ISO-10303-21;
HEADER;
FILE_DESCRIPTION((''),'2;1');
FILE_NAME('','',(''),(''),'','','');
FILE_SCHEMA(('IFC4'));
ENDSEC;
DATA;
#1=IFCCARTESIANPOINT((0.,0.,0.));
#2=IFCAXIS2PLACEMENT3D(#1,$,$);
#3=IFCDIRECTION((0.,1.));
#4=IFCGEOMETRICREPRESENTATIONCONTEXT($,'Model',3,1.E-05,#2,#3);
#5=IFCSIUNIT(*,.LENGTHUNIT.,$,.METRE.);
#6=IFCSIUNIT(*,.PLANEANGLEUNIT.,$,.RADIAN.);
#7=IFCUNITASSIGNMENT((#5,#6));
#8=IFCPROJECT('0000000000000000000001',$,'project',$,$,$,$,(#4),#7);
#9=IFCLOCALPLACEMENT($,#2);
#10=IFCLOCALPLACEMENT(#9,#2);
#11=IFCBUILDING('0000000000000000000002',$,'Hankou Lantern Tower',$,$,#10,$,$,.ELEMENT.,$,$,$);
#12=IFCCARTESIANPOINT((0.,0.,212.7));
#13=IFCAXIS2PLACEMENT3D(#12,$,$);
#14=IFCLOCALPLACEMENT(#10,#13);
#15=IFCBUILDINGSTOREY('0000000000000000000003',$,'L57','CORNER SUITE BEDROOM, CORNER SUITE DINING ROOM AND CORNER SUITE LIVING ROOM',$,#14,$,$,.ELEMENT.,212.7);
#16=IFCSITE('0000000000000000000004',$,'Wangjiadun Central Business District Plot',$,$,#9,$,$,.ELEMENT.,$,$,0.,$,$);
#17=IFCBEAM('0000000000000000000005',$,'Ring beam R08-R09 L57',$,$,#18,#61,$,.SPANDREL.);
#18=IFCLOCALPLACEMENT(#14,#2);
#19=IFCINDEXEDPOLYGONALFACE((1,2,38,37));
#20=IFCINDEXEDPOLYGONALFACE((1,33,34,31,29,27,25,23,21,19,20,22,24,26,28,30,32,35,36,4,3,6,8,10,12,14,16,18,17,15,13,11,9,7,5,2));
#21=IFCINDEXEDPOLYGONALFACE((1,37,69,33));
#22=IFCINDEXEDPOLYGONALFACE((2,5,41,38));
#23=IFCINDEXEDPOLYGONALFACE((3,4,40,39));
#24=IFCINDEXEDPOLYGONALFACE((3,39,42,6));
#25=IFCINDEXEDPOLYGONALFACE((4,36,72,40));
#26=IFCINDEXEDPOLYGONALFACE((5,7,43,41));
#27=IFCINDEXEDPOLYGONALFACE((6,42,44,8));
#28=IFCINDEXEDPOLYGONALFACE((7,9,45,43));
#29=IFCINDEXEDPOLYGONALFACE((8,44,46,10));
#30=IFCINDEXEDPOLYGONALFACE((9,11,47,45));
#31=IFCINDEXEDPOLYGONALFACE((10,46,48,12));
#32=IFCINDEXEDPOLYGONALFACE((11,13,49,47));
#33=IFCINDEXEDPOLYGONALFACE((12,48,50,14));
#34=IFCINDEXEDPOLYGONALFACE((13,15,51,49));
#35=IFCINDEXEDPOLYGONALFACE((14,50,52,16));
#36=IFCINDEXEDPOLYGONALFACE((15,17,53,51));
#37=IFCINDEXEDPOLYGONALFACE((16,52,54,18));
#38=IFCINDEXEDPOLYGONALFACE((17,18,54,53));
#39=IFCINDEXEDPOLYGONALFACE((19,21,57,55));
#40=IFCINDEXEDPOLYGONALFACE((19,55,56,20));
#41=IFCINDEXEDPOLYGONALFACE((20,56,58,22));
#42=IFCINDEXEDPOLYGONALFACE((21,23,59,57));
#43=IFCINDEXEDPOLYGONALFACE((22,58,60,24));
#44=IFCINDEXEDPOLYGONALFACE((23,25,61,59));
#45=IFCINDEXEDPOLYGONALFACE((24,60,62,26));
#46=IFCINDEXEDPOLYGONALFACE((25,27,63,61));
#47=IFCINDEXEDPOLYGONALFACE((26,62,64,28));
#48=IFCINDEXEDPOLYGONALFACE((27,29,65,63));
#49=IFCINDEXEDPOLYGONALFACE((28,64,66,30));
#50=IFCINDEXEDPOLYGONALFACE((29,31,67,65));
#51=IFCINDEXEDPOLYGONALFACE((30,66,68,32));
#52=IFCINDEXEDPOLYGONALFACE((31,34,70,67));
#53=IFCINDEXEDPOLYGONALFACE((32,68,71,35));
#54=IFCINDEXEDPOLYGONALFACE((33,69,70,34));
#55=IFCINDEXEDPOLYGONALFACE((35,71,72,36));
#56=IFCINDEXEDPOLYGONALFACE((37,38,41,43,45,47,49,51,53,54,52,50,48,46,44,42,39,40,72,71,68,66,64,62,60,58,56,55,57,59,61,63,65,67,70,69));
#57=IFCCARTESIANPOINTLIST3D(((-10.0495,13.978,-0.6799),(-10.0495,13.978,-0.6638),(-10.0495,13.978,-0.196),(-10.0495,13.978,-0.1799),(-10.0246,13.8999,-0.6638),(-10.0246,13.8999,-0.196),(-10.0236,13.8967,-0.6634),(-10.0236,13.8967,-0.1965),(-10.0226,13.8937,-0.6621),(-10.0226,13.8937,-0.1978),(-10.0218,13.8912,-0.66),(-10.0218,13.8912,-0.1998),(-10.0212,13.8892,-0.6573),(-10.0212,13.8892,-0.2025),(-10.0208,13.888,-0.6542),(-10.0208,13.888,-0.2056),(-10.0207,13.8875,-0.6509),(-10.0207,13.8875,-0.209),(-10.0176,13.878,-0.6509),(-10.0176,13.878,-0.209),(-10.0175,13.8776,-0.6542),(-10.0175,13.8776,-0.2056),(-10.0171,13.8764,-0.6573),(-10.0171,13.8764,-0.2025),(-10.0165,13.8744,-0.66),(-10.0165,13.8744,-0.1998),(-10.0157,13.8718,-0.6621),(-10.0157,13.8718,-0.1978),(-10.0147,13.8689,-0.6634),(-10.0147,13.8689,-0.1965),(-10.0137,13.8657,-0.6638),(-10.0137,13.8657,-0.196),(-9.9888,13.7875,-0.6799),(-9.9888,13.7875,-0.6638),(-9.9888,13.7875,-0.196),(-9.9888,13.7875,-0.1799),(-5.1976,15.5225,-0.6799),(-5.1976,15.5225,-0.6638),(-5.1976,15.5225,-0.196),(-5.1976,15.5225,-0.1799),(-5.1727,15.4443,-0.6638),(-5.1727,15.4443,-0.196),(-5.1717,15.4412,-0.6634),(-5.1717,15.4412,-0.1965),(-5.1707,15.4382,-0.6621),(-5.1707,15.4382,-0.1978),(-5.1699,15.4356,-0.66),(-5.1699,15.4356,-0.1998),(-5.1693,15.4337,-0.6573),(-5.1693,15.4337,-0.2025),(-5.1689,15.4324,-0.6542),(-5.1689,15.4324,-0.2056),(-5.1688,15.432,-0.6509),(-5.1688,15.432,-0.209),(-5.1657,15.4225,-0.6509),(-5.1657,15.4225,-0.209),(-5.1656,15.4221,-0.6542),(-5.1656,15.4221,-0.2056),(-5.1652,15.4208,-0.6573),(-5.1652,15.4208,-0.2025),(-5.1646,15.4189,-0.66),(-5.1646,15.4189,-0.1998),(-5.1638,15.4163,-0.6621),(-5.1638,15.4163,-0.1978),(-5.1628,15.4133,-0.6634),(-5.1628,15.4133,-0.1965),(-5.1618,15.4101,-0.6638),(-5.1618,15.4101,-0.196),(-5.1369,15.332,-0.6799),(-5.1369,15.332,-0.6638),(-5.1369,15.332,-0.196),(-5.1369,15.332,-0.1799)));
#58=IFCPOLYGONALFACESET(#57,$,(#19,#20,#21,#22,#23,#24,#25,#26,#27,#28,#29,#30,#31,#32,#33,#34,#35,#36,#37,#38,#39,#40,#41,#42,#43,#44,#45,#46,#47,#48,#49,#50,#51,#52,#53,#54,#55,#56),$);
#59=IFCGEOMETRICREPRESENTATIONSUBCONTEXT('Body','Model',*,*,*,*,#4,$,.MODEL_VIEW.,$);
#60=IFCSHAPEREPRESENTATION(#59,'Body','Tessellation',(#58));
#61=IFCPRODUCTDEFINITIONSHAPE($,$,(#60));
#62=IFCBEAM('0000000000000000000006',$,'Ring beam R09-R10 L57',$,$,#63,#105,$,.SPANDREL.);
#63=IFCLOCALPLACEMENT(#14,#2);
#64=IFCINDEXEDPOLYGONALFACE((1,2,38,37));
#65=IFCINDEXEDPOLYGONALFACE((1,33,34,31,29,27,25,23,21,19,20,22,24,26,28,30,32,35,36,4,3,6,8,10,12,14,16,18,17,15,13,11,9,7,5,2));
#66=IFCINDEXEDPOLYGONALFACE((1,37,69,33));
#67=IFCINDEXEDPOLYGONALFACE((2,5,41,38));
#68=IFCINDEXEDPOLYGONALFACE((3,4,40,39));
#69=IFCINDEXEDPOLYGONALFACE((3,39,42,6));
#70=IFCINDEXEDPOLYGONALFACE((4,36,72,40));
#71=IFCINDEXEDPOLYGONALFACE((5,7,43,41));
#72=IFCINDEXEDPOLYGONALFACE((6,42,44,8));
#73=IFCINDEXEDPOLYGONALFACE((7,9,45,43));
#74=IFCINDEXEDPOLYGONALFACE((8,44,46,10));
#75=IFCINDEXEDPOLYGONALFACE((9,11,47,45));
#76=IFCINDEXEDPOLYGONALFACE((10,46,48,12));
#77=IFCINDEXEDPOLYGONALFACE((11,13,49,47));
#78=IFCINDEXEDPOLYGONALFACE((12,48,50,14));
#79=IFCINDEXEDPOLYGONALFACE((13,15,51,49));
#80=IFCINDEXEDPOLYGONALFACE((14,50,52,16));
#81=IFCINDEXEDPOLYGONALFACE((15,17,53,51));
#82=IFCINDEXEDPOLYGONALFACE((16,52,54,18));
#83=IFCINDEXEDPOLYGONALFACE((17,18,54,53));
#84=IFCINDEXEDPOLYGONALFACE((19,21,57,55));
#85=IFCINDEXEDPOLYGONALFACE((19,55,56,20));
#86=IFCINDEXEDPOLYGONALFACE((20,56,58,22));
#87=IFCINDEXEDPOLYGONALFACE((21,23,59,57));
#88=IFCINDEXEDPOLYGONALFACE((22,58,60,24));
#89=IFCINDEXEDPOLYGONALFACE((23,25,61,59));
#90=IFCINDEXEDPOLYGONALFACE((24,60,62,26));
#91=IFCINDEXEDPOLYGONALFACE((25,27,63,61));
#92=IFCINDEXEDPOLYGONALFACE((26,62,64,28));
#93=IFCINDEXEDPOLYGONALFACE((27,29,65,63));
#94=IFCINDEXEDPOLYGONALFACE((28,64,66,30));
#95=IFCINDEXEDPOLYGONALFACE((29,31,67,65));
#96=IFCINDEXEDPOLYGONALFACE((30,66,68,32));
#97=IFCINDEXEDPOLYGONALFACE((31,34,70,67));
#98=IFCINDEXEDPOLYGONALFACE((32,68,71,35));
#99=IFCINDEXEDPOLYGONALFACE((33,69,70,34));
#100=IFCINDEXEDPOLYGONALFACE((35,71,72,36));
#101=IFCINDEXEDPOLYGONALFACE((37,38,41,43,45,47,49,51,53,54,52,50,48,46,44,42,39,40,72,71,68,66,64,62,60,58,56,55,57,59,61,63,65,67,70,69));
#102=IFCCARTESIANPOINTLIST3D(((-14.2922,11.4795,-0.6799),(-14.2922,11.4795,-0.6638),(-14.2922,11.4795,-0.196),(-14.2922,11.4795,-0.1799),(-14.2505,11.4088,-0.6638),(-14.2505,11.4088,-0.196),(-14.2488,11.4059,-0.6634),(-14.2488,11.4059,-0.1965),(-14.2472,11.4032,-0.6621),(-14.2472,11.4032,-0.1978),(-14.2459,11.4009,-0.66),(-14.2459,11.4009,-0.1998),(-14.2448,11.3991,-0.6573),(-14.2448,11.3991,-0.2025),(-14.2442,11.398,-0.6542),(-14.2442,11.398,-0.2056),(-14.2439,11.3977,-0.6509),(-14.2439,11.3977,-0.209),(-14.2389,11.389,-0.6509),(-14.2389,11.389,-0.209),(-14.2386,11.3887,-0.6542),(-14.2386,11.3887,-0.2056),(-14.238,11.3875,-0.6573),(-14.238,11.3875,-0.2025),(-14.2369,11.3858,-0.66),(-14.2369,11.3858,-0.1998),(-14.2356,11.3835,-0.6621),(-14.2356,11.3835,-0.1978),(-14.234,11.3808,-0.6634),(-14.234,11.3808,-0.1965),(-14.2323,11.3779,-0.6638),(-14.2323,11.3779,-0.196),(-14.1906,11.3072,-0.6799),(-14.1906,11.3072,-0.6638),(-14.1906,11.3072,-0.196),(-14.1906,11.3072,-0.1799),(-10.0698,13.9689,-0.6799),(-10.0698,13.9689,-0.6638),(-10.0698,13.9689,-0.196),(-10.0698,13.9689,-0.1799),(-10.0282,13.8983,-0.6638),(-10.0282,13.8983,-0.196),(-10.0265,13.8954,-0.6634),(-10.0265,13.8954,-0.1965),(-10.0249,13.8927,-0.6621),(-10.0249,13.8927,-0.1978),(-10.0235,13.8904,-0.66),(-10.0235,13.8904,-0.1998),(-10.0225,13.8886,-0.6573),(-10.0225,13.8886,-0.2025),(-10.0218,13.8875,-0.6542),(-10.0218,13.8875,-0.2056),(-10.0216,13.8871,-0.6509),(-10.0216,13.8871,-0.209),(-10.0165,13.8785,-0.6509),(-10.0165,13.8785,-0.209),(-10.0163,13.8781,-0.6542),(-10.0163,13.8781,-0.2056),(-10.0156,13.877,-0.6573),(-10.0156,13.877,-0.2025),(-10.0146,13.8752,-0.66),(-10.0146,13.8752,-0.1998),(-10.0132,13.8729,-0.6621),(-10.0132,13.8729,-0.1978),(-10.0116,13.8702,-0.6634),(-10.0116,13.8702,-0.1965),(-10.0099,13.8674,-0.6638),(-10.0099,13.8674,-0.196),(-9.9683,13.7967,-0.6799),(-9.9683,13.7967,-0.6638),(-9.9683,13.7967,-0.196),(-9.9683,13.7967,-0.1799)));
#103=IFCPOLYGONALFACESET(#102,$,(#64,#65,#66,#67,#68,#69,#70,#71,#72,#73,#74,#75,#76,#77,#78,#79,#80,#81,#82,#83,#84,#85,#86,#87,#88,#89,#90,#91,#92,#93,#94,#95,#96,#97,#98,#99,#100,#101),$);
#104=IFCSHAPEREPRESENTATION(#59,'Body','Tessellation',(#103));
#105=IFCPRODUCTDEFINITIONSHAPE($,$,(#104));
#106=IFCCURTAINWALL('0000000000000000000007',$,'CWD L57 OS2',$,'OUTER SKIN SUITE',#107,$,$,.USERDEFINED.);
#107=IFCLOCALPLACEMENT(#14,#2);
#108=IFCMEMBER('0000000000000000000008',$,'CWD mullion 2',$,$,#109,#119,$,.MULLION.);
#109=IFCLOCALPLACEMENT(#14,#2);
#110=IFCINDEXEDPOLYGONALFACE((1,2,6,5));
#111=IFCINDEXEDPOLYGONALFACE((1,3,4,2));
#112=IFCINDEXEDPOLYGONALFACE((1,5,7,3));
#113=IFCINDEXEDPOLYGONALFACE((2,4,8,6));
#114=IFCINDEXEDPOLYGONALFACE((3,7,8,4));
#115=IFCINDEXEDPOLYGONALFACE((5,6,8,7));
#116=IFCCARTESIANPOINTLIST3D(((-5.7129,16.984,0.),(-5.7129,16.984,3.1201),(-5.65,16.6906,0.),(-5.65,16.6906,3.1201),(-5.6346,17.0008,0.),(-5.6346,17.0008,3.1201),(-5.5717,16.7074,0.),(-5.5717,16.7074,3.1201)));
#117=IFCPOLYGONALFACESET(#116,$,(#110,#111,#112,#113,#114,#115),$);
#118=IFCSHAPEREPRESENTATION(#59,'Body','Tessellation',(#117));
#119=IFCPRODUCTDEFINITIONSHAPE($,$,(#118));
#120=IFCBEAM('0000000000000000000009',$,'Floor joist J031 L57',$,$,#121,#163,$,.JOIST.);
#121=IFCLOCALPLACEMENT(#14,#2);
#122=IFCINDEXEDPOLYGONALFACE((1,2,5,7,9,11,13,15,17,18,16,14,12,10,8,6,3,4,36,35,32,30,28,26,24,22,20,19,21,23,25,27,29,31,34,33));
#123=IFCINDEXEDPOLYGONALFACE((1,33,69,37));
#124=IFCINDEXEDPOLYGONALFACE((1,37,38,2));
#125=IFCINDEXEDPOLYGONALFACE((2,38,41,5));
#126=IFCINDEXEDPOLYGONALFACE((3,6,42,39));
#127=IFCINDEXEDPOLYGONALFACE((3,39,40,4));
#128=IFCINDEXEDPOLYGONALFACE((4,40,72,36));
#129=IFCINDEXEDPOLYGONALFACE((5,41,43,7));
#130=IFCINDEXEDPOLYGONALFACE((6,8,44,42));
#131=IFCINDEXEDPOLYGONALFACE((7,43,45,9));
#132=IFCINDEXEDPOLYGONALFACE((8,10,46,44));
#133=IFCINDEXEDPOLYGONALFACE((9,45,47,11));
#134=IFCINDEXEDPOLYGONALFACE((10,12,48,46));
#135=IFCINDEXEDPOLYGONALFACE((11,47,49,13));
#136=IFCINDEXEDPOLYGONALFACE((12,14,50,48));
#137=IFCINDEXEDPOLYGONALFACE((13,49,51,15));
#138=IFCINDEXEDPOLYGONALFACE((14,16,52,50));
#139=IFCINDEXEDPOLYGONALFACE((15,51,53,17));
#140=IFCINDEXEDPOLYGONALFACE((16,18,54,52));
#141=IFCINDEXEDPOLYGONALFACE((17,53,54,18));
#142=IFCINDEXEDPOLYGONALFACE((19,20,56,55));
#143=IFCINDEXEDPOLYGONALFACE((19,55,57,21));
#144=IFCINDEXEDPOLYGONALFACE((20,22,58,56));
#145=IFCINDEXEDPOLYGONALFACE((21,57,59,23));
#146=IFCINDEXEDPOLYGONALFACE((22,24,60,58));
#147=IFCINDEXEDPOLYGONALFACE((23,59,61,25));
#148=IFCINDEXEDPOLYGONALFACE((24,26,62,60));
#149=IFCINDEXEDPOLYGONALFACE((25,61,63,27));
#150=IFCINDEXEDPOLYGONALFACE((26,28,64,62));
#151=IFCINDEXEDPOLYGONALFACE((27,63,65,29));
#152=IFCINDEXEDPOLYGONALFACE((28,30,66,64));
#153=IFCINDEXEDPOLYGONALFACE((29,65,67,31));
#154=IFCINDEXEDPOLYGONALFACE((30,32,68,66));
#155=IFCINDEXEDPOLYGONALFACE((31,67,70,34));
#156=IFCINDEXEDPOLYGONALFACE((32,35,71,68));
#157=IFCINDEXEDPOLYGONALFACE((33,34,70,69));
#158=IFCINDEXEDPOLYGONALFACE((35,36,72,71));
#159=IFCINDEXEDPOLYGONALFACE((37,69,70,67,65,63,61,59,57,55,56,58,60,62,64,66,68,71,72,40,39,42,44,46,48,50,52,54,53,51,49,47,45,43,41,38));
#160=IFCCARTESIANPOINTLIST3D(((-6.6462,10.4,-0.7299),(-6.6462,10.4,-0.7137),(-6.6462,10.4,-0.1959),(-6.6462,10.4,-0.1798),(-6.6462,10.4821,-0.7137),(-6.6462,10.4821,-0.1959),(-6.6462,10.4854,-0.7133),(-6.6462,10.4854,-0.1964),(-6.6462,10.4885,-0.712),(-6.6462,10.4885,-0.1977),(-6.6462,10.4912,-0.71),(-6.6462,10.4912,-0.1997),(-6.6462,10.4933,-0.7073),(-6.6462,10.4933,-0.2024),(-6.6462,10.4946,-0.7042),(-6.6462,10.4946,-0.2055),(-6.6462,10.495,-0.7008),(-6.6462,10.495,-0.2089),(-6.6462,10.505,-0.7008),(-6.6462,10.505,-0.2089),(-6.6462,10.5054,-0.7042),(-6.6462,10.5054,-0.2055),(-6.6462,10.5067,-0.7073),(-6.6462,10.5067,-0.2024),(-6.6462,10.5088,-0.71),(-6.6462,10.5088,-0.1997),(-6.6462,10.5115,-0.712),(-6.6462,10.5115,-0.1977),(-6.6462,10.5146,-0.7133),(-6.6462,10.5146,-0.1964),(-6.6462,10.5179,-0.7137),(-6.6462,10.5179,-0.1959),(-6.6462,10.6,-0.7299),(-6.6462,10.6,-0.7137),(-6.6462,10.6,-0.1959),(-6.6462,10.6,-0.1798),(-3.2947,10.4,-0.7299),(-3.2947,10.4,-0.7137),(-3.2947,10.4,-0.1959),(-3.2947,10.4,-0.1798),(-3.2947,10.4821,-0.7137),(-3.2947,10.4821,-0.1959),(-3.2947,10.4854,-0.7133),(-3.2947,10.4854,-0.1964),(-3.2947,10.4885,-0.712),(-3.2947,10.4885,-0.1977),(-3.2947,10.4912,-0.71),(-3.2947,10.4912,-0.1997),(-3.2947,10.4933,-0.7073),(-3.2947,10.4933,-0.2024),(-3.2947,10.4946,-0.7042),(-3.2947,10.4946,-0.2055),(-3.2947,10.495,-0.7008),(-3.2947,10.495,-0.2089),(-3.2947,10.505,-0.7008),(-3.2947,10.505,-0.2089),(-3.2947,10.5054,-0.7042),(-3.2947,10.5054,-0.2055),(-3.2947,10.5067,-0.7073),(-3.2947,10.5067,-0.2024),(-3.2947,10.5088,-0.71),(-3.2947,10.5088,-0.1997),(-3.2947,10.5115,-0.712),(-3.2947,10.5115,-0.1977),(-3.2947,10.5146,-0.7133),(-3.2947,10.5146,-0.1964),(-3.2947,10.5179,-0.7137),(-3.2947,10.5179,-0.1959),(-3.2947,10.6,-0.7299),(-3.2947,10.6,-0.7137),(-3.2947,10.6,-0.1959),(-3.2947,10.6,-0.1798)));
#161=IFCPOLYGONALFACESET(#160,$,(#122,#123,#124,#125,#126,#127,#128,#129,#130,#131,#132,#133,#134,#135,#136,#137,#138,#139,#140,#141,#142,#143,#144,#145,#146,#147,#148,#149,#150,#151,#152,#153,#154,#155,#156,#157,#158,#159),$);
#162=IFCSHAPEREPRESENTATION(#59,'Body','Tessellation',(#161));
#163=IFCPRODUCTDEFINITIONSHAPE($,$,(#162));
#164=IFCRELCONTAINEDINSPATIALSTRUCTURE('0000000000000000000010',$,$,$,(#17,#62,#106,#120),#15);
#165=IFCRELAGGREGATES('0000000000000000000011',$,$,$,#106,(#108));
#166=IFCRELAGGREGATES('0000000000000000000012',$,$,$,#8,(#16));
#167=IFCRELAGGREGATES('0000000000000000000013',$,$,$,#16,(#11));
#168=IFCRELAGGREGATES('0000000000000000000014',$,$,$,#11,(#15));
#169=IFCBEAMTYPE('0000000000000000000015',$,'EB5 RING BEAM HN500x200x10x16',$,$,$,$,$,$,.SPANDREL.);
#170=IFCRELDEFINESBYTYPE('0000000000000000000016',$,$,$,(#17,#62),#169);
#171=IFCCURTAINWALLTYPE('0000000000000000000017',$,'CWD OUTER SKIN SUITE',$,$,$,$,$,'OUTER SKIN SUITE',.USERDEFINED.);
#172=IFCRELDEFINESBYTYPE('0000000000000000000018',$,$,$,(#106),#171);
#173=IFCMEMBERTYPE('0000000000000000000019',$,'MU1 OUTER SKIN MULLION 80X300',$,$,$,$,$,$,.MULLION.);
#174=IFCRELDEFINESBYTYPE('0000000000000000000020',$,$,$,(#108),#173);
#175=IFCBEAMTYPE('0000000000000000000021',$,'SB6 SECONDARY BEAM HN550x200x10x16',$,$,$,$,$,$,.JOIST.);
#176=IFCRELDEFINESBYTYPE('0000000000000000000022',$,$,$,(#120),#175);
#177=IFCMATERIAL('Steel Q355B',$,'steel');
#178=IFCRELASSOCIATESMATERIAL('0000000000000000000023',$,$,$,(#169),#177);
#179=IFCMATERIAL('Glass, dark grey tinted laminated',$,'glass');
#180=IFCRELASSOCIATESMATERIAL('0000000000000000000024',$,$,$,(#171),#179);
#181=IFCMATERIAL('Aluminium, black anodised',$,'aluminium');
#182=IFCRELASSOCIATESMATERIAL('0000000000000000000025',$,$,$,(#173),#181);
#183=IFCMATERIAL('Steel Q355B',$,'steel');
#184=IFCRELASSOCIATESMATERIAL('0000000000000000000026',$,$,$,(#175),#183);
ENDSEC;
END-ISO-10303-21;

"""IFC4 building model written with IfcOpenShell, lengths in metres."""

from ifc_helpers import new_model, si_unit, direction, frame, origin, origin_2d, place, context, subcontext, project, spatial, rectangle, i_section, extrude, material, material_profile, profile_set, type_object, element, aggregate, save


model = new_model("IFC4")

# Units and contexts
model_context = context("Model", 3, precision=1e-05, world=origin(), true_north=direction((0.0, 1.0)))
body_context = subcontext(model_context, "Body", "Model", "MODEL_VIEW")
ifc_project = project(units=[si_unit("LENGTHUNIT", "METRE"), si_unit("PLANEANGLEUNIT", "RADIAN")], contexts=[model_context])

# Site, building, storey
site_placement = place(None, origin())
site = spatial("IfcSite", under=ifc_project, at=site_placement, Name="Wangjiadun Central Business District Plot", CompositionType="ELEMENT", RefElevation=0.0)
building_placement = place(site_placement, origin())
building = spatial("IfcBuilding", under=site, at=building_placement, Name="Hankou Lantern Tower", CompositionType="ELEMENT")
storey_placement = place(building_placement, frame((0.0, 0.0, 212.7)))
storey = spatial("IfcBuildingStorey", under=building, at=storey_placement, Name="L57", Description="CORNER SUITE BEDROOM, CORNER SUITE DINING ROOM AND CORNER SUITE LIVING ROOM", CompositionType="ELEMENT", Elevation=212.7)

# Beams
ifc_material_1 = material(Name="Steel Q355B", Category="steel")
ifc_material_profile_1 = material_profile(ifc_material_1, i_section(OverallWidth=0.2, OverallDepth=0.5, WebThickness=0.01, FlangeThickness=0.0161, FilletRadius=0.0129, at=origin_2d()), Name="HN500x200x10x16")
ifc_profile_set_1 = profile_set([ifc_material_profile_1], Name="Steel Q355B")
beam_type_1 = type_object("IfcBeamType", Name="EB5 RING BEAM HN500x200x10x16", PredefinedType="SPANDREL", material=ifc_profile_set_1)
beam_1_placement = place(storey_placement, frame((-5.1672, 15.4272, -0.4299), z_axis=(-0.952887, -0.303324, 0.0), x_axis=(0.303324, -0.952887, 0.0)))
element("IfcBeam", 1, at=beam_1_placement, inside=storey, type_object=beam_type_1, Name="Ring beam R08-R09 L57", PredefinedType="SPANDREL", context=body_context, shape_type="SweptSolid", body=[
    extrude(i_section(OverallWidth=0.2, OverallDepth=0.5, WebThickness=0.01, FlangeThickness=0.0161, FilletRadius=0.0129, at=origin_2d()), origin(), (0.0, 0.0, 1.0), 5.0918),
])
beam_2_placement = place(storey_placement, frame((-10.019, 13.8828, -0.4299), z_axis=(-0.861423, -0.507888, 0.0), x_axis=(0.507888, -0.861423, 0.0)))
element("IfcBeam", 2, at=beam_2_placement, inside=storey, type_object=beam_type_1, Name="Ring beam R09-R10 L57", PredefinedType="SPANDREL", context=body_context, shape_type="SweptSolid", body=[
    extrude(i_section(OverallWidth=0.2, OverallDepth=0.5, WebThickness=0.01, FlangeThickness=0.0161, FilletRadius=0.0129, at=origin_2d()), origin(), (0.0, 0.0, 1.0), 4.9016),
])

# Curtain wall, member
ifc_material_2 = material(Name="Glass, dark grey tinted laminated", Category="glass")
curtain_wall_type = type_object("IfcCurtainWallType", Name="CWD OUTER SKIN SUITE", ElementType="OUTER SKIN SUITE", PredefinedType="USERDEFINED", material=ifc_material_2)
curtain_wall_placement = place(storey_placement, origin())
curtain_wall = element("IfcCurtainWall", 3, at=curtain_wall_placement, inside=storey, type_object=curtain_wall_type, Name="CWD L57 OS2", ObjectType="OUTER SKIN SUITE", PredefinedType="USERDEFINED")
ifc_material_3 = material(Name="Aluminium, black anodised", Category="aluminium")
ifc_material_profile_2 = material_profile(ifc_material_3, rectangle(XDim=0.0801, YDim=0.3, at=origin_2d()), Name="MU1 80X300")
ifc_profile_set_2 = profile_set([ifc_material_profile_2], Name="Aluminium, black anodised")
member_type_1 = type_object("IfcMemberType", Name="MU1 OUTER SKIN MULLION 80X300", PredefinedType="MULLION", material=ifc_profile_set_2)
member_1_placement = place(storey_placement, frame((-5.6423, 16.8457, 0.0), z_axis=(0.0, 0.0, 1.0), x_axis=(-0.977788, -0.209598, 0.0)))
member_1 = element("IfcMember", 4, at=member_1_placement, type_object=member_type_1, Name="CWD mullion 2", PredefinedType="MULLION", context=body_context, shape_type="SweptSolid", body=[
    extrude(rectangle(XDim=0.0801, YDim=0.3, at=origin_2d()), origin(), (0.0, 0.0, 1.0), 3.1201),
])

# Beam
ifc_material_4 = material(Name="Steel Q355B", Category="steel")
ifc_material_profile_3 = material_profile(ifc_material_4, i_section(OverallWidth=0.2, OverallDepth=0.55, WebThickness=0.01, FlangeThickness=0.0161, FilletRadius=0.0129, at=origin_2d()), Name="HN550x200x10x16")
ifc_profile_set_3 = profile_set([ifc_material_profile_3], Name="Steel Q355B")
beam_type_2 = type_object("IfcBeamType", Name="SB6 SECONDARY BEAM HN550x200x10x16", PredefinedType="JOIST", material=ifc_profile_set_3)
beam_3_placement = place(storey_placement, frame((-6.6462, 10.5, -0.4548), z_axis=(1.0, 0.0, 0.0), x_axis=(0.0, 1.0, 0.0)))
element("IfcBeam", 5, at=beam_3_placement, inside=storey, type_object=beam_type_2, Name="Floor joist J031 L57", PredefinedType="JOIST", context=body_context, shape_type="SweptSolid", body=[
    extrude(i_section(OverallWidth=0.2, OverallDepth=0.55, WebThickness=0.01, FlangeThickness=0.0161, FilletRadius=0.0129, at=origin_2d()), origin(), (0.0, 0.0, 1.0), 3.3516),
])

aggregate(curtain_wall, [member_1])

save(model, "model.ifc")
